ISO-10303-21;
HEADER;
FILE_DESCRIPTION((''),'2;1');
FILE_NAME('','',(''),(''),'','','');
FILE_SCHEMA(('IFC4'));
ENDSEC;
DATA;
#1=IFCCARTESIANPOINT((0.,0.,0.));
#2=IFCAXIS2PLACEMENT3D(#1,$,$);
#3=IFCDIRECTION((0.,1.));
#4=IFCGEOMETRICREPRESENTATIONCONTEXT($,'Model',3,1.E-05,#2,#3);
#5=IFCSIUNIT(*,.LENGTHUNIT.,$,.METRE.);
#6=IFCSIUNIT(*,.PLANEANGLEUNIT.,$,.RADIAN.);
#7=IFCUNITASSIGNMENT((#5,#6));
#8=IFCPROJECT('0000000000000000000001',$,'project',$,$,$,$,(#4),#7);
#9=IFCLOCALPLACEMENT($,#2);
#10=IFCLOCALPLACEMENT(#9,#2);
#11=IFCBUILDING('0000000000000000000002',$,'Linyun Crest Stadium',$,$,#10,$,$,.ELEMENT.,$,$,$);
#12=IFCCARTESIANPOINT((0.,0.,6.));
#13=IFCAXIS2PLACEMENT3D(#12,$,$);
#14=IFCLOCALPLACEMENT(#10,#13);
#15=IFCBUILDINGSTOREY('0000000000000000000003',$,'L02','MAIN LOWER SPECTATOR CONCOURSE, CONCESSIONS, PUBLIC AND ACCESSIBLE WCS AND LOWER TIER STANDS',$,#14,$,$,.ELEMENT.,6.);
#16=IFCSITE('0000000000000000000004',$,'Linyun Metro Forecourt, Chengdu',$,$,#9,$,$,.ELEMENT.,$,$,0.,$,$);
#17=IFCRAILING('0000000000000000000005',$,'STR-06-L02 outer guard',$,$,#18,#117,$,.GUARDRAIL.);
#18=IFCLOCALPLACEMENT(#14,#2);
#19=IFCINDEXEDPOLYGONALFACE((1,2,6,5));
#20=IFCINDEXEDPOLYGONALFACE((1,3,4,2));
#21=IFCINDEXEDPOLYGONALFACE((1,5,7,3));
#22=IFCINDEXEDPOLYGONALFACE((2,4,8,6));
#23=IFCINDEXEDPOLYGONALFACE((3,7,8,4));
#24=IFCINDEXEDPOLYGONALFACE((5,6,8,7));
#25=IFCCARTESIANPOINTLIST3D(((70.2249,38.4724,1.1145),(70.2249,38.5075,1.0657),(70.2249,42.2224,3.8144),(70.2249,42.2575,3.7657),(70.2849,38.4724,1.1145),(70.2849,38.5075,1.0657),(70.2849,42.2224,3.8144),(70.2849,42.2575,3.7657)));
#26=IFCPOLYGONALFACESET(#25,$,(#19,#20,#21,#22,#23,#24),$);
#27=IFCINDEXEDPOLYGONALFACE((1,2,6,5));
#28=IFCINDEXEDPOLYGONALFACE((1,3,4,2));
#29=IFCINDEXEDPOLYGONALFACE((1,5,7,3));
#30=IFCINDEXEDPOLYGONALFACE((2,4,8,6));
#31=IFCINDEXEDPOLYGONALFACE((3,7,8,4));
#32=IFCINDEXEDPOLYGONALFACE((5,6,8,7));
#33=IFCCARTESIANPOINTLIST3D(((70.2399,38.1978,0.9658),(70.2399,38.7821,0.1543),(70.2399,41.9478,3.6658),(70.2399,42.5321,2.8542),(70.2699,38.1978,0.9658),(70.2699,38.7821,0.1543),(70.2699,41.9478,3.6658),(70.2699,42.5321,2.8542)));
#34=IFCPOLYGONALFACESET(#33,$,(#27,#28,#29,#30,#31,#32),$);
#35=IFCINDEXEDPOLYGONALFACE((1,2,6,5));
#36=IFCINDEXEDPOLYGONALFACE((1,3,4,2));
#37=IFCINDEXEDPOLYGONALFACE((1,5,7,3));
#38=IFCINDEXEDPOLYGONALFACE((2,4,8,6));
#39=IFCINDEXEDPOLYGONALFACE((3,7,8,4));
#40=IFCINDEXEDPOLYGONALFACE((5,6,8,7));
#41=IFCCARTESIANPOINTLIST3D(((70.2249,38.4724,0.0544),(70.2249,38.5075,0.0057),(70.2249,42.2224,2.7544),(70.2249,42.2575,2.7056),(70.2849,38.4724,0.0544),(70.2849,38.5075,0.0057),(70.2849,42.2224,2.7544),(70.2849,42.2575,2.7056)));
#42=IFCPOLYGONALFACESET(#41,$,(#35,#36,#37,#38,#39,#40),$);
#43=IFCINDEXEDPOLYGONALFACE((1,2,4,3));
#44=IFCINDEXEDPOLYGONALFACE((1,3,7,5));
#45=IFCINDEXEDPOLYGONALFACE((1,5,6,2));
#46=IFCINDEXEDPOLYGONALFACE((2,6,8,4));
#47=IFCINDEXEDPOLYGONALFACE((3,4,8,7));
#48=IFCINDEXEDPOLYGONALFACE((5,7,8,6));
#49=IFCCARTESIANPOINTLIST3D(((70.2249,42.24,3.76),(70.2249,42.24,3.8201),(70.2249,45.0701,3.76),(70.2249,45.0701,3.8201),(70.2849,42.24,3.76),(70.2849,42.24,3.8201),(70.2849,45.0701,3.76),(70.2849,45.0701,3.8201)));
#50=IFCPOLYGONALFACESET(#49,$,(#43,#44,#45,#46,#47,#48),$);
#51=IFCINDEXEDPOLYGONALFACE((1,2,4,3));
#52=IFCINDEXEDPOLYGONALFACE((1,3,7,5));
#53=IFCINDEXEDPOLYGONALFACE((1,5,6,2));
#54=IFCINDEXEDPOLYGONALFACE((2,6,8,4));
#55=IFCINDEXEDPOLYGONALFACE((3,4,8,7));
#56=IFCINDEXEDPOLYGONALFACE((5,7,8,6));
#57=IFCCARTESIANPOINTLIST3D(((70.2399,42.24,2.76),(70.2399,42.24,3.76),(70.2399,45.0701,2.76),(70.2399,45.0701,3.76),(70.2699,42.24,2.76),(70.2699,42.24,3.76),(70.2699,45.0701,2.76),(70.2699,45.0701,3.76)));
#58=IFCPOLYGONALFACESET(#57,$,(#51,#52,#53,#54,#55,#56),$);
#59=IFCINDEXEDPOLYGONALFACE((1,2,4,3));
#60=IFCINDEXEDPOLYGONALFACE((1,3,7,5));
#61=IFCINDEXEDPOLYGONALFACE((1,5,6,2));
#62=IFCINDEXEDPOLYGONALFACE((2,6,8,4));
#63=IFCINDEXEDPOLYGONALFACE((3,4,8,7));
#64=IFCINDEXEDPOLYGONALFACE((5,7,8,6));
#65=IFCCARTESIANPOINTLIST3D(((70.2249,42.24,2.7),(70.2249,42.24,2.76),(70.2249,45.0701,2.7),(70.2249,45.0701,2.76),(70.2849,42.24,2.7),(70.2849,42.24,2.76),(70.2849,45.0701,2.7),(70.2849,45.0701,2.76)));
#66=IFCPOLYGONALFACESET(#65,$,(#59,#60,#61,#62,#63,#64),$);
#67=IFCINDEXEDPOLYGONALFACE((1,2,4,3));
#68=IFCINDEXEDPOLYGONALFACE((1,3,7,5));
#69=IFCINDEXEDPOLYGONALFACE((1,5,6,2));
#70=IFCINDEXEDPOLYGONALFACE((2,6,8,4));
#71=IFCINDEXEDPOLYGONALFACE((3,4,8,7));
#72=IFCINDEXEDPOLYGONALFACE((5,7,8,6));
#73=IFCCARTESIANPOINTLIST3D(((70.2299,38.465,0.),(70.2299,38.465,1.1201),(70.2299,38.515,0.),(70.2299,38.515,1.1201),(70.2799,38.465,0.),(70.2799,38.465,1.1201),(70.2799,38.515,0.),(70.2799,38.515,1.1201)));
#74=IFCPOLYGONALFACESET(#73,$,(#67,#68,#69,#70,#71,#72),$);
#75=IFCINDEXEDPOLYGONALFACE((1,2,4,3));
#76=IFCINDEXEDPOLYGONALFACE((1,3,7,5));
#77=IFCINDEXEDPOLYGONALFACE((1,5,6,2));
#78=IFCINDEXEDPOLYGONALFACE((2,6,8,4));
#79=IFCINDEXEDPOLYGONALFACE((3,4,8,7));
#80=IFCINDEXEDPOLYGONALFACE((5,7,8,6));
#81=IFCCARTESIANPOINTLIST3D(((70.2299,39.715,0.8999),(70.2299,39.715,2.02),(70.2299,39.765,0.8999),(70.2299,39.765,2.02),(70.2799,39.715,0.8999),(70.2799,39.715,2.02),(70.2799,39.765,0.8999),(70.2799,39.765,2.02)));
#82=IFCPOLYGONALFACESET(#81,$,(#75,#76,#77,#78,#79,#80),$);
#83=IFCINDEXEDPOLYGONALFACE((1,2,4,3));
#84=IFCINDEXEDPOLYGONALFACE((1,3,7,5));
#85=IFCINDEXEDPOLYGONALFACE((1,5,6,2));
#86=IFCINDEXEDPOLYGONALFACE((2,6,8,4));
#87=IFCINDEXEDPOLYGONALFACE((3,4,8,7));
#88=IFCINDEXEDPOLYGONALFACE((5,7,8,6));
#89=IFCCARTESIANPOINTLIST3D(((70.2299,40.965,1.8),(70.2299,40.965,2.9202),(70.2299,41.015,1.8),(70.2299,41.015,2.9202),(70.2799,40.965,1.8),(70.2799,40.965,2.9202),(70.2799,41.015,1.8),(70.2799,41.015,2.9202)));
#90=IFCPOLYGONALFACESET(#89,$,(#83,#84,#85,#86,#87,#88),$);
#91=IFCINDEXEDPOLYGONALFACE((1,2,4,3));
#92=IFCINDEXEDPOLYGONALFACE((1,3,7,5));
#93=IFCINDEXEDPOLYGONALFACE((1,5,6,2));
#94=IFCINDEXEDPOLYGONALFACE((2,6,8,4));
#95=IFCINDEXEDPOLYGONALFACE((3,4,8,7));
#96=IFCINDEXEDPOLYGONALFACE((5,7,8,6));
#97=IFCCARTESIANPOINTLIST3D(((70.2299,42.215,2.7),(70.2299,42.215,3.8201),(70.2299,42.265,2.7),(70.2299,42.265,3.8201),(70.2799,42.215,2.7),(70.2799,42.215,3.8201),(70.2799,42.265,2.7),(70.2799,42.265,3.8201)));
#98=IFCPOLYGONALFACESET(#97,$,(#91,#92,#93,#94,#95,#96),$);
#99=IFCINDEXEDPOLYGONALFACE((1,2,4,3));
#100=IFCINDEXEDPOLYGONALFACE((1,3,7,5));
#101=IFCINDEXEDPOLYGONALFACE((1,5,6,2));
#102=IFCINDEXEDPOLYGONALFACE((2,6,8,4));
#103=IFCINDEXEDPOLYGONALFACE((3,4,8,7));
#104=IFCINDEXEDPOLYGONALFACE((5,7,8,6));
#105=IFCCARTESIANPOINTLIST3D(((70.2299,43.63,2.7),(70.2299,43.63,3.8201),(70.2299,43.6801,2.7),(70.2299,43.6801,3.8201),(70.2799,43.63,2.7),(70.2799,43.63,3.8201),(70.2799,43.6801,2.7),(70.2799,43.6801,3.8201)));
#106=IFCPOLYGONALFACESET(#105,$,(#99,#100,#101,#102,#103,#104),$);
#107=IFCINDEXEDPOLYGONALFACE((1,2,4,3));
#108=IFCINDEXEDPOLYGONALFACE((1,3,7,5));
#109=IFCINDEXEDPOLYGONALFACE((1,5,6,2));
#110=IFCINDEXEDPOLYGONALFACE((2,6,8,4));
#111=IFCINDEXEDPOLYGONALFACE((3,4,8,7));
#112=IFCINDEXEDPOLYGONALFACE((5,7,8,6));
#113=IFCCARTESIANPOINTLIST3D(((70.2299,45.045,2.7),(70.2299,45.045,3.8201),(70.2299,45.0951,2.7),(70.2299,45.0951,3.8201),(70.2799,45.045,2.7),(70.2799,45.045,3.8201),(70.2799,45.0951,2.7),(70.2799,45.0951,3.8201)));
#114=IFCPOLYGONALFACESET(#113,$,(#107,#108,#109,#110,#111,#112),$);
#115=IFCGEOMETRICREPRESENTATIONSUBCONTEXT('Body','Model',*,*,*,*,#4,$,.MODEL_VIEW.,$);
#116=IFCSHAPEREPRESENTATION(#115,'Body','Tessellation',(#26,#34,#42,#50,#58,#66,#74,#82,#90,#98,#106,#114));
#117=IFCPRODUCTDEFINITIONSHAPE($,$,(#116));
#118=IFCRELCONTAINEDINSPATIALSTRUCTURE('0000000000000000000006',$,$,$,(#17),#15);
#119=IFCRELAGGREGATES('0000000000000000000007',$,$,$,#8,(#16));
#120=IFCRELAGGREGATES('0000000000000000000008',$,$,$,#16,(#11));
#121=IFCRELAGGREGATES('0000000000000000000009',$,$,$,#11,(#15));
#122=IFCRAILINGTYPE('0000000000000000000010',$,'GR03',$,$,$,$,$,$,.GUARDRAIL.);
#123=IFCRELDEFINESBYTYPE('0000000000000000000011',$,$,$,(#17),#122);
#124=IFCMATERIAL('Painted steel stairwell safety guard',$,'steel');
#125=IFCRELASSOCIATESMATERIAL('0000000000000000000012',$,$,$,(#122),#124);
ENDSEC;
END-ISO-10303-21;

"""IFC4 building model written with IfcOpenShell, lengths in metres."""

from ifc_helpers import new_model, si_unit, direction, frame, origin, origin_2d, place, context, subcontext, project, spatial, rectangle, extrude, material, type_object, element, save


model = new_model("IFC4")

# Units and contexts
model_context = context("Model", 3, precision=1e-05, world=origin(), true_north=direction((0.0, 1.0)))
body_context = subcontext(model_context, "Body", "Model", "MODEL_VIEW")
ifc_project = project(units=[si_unit("LENGTHUNIT", "METRE"), si_unit("PLANEANGLEUNIT", "RADIAN")], contexts=[model_context])

# Site, building, storey
site_placement = place(None, origin())
site = spatial("IfcSite", under=ifc_project, at=site_placement, Name="Linyun Metro Forecourt, Chengdu", CompositionType="ELEMENT", RefElevation=0.0)
building_placement = place(site_placement, origin())
building = spatial("IfcBuilding", under=site, at=building_placement, Name="Linyun Crest Stadium", CompositionType="ELEMENT")
storey_placement = place(building_placement, frame((0.0, 0.0, 6.0)))
storey = spatial("IfcBuildingStorey", under=building, at=storey_placement, Name="L02", Description="MAIN LOWER SPECTATOR CONCOURSE, CONCESSIONS, PUBLIC AND ACCESSIBLE WCS AND LOWER TIER STANDS", CompositionType="ELEMENT", Elevation=6.0)

# Railing
ifc_material_1 = material(Name="Painted steel stairwell safety guard", Category="steel")
railing_type_1 = type_object("IfcRailingType", Name="GR03", PredefinedType="GUARDRAIL", material=ifc_material_1)
railing_1_placement = place(storey_placement, frame((70.2549, 38.49, 0.0)))
element("IfcRailing", 1, at=railing_1_placement, inside=storey, type_object=railing_type_1, Name="STR-06-L02 outer guard", PredefinedType="GUARDRAIL", context=body_context, shape_type="SweptSolid", body=[
    extrude(rectangle(XDim=0.0601, YDim=0.0601, at=origin_2d()), frame((0.0, 0.0, 1.0901), z_axis=(0.0, 0.811539, 0.584298), x_axis=(-1.0, 0.0, 0.0)), (0.0, 0.0, 1.0), 4.6208),
    extrude(rectangle(XDim=0.03, YDim=1.0, at=origin_2d()), frame((0.0, 0.0, 0.5601), z_axis=(0.0, 0.811539, 0.584298), x_axis=(-1.0, 0.0, 0.0)), (0.0, 0.0, 1.0), 4.6208),
    extrude(rectangle(XDim=0.0601, YDim=0.0601, at=origin_2d()), frame((0.0, 0.0, 0.03), z_axis=(0.0, 0.811539, 0.584298), x_axis=(-1.0, 0.0, 0.0)), (0.0, 0.0, 1.0), 4.6208),
    extrude(rectangle(XDim=0.0601, YDim=0.0601, at=origin_2d()), frame((0.0, 3.75, 3.79), z_axis=(0.0, 1.0, 0.0), x_axis=(-1.0, 0.0, 0.0)), (0.0, 0.0, 1.0), 2.8301),
    extrude(rectangle(XDim=0.03, YDim=1.0, at=origin_2d()), frame((0.0, 3.75, 3.26), z_axis=(0.0, 1.0, 0.0), x_axis=(-1.0, 0.0, 0.0)), (0.0, 0.0, 1.0), 2.8301),
    extrude(rectangle(XDim=0.0601, YDim=0.0601, at=origin_2d()), frame((0.0, 3.75, 2.73), z_axis=(0.0, 1.0, 0.0), x_axis=(-1.0, 0.0, 0.0)), (0.0, 0.0, 1.0), 2.8301),
    extrude(rectangle(XDim=0.05, YDim=0.05, at=origin_2d()), origin(), (0.0, 0.0, 1.0), 1.1201),
    extrude(rectangle(XDim=0.05, YDim=0.05, at=origin_2d()), frame((0.0, 1.25, 0.8999)), (0.0, 0.0, 1.0), 1.1201),
    extrude(rectangle(XDim=0.05, YDim=0.05, at=origin_2d()), frame((0.0, 2.5, 1.8)), (0.0, 0.0, 1.0), 1.1201),
    extrude(rectangle(XDim=0.05, YDim=0.05, at=origin_2d()), frame((0.0, 3.75, 2.7)), (0.0, 0.0, 1.0), 1.1201),
    extrude(rectangle(XDim=0.05, YDim=0.05, at=origin_2d()), frame((0.0, 5.165, 2.7)), (0.0, 0.0, 1.0), 1.1201),
    extrude(rectangle(XDim=0.05, YDim=0.05, at=origin_2d()), frame((0.0, 6.5801, 2.7)), (0.0, 0.0, 1.0), 1.1201),
])

save(model, "model.ifc")
